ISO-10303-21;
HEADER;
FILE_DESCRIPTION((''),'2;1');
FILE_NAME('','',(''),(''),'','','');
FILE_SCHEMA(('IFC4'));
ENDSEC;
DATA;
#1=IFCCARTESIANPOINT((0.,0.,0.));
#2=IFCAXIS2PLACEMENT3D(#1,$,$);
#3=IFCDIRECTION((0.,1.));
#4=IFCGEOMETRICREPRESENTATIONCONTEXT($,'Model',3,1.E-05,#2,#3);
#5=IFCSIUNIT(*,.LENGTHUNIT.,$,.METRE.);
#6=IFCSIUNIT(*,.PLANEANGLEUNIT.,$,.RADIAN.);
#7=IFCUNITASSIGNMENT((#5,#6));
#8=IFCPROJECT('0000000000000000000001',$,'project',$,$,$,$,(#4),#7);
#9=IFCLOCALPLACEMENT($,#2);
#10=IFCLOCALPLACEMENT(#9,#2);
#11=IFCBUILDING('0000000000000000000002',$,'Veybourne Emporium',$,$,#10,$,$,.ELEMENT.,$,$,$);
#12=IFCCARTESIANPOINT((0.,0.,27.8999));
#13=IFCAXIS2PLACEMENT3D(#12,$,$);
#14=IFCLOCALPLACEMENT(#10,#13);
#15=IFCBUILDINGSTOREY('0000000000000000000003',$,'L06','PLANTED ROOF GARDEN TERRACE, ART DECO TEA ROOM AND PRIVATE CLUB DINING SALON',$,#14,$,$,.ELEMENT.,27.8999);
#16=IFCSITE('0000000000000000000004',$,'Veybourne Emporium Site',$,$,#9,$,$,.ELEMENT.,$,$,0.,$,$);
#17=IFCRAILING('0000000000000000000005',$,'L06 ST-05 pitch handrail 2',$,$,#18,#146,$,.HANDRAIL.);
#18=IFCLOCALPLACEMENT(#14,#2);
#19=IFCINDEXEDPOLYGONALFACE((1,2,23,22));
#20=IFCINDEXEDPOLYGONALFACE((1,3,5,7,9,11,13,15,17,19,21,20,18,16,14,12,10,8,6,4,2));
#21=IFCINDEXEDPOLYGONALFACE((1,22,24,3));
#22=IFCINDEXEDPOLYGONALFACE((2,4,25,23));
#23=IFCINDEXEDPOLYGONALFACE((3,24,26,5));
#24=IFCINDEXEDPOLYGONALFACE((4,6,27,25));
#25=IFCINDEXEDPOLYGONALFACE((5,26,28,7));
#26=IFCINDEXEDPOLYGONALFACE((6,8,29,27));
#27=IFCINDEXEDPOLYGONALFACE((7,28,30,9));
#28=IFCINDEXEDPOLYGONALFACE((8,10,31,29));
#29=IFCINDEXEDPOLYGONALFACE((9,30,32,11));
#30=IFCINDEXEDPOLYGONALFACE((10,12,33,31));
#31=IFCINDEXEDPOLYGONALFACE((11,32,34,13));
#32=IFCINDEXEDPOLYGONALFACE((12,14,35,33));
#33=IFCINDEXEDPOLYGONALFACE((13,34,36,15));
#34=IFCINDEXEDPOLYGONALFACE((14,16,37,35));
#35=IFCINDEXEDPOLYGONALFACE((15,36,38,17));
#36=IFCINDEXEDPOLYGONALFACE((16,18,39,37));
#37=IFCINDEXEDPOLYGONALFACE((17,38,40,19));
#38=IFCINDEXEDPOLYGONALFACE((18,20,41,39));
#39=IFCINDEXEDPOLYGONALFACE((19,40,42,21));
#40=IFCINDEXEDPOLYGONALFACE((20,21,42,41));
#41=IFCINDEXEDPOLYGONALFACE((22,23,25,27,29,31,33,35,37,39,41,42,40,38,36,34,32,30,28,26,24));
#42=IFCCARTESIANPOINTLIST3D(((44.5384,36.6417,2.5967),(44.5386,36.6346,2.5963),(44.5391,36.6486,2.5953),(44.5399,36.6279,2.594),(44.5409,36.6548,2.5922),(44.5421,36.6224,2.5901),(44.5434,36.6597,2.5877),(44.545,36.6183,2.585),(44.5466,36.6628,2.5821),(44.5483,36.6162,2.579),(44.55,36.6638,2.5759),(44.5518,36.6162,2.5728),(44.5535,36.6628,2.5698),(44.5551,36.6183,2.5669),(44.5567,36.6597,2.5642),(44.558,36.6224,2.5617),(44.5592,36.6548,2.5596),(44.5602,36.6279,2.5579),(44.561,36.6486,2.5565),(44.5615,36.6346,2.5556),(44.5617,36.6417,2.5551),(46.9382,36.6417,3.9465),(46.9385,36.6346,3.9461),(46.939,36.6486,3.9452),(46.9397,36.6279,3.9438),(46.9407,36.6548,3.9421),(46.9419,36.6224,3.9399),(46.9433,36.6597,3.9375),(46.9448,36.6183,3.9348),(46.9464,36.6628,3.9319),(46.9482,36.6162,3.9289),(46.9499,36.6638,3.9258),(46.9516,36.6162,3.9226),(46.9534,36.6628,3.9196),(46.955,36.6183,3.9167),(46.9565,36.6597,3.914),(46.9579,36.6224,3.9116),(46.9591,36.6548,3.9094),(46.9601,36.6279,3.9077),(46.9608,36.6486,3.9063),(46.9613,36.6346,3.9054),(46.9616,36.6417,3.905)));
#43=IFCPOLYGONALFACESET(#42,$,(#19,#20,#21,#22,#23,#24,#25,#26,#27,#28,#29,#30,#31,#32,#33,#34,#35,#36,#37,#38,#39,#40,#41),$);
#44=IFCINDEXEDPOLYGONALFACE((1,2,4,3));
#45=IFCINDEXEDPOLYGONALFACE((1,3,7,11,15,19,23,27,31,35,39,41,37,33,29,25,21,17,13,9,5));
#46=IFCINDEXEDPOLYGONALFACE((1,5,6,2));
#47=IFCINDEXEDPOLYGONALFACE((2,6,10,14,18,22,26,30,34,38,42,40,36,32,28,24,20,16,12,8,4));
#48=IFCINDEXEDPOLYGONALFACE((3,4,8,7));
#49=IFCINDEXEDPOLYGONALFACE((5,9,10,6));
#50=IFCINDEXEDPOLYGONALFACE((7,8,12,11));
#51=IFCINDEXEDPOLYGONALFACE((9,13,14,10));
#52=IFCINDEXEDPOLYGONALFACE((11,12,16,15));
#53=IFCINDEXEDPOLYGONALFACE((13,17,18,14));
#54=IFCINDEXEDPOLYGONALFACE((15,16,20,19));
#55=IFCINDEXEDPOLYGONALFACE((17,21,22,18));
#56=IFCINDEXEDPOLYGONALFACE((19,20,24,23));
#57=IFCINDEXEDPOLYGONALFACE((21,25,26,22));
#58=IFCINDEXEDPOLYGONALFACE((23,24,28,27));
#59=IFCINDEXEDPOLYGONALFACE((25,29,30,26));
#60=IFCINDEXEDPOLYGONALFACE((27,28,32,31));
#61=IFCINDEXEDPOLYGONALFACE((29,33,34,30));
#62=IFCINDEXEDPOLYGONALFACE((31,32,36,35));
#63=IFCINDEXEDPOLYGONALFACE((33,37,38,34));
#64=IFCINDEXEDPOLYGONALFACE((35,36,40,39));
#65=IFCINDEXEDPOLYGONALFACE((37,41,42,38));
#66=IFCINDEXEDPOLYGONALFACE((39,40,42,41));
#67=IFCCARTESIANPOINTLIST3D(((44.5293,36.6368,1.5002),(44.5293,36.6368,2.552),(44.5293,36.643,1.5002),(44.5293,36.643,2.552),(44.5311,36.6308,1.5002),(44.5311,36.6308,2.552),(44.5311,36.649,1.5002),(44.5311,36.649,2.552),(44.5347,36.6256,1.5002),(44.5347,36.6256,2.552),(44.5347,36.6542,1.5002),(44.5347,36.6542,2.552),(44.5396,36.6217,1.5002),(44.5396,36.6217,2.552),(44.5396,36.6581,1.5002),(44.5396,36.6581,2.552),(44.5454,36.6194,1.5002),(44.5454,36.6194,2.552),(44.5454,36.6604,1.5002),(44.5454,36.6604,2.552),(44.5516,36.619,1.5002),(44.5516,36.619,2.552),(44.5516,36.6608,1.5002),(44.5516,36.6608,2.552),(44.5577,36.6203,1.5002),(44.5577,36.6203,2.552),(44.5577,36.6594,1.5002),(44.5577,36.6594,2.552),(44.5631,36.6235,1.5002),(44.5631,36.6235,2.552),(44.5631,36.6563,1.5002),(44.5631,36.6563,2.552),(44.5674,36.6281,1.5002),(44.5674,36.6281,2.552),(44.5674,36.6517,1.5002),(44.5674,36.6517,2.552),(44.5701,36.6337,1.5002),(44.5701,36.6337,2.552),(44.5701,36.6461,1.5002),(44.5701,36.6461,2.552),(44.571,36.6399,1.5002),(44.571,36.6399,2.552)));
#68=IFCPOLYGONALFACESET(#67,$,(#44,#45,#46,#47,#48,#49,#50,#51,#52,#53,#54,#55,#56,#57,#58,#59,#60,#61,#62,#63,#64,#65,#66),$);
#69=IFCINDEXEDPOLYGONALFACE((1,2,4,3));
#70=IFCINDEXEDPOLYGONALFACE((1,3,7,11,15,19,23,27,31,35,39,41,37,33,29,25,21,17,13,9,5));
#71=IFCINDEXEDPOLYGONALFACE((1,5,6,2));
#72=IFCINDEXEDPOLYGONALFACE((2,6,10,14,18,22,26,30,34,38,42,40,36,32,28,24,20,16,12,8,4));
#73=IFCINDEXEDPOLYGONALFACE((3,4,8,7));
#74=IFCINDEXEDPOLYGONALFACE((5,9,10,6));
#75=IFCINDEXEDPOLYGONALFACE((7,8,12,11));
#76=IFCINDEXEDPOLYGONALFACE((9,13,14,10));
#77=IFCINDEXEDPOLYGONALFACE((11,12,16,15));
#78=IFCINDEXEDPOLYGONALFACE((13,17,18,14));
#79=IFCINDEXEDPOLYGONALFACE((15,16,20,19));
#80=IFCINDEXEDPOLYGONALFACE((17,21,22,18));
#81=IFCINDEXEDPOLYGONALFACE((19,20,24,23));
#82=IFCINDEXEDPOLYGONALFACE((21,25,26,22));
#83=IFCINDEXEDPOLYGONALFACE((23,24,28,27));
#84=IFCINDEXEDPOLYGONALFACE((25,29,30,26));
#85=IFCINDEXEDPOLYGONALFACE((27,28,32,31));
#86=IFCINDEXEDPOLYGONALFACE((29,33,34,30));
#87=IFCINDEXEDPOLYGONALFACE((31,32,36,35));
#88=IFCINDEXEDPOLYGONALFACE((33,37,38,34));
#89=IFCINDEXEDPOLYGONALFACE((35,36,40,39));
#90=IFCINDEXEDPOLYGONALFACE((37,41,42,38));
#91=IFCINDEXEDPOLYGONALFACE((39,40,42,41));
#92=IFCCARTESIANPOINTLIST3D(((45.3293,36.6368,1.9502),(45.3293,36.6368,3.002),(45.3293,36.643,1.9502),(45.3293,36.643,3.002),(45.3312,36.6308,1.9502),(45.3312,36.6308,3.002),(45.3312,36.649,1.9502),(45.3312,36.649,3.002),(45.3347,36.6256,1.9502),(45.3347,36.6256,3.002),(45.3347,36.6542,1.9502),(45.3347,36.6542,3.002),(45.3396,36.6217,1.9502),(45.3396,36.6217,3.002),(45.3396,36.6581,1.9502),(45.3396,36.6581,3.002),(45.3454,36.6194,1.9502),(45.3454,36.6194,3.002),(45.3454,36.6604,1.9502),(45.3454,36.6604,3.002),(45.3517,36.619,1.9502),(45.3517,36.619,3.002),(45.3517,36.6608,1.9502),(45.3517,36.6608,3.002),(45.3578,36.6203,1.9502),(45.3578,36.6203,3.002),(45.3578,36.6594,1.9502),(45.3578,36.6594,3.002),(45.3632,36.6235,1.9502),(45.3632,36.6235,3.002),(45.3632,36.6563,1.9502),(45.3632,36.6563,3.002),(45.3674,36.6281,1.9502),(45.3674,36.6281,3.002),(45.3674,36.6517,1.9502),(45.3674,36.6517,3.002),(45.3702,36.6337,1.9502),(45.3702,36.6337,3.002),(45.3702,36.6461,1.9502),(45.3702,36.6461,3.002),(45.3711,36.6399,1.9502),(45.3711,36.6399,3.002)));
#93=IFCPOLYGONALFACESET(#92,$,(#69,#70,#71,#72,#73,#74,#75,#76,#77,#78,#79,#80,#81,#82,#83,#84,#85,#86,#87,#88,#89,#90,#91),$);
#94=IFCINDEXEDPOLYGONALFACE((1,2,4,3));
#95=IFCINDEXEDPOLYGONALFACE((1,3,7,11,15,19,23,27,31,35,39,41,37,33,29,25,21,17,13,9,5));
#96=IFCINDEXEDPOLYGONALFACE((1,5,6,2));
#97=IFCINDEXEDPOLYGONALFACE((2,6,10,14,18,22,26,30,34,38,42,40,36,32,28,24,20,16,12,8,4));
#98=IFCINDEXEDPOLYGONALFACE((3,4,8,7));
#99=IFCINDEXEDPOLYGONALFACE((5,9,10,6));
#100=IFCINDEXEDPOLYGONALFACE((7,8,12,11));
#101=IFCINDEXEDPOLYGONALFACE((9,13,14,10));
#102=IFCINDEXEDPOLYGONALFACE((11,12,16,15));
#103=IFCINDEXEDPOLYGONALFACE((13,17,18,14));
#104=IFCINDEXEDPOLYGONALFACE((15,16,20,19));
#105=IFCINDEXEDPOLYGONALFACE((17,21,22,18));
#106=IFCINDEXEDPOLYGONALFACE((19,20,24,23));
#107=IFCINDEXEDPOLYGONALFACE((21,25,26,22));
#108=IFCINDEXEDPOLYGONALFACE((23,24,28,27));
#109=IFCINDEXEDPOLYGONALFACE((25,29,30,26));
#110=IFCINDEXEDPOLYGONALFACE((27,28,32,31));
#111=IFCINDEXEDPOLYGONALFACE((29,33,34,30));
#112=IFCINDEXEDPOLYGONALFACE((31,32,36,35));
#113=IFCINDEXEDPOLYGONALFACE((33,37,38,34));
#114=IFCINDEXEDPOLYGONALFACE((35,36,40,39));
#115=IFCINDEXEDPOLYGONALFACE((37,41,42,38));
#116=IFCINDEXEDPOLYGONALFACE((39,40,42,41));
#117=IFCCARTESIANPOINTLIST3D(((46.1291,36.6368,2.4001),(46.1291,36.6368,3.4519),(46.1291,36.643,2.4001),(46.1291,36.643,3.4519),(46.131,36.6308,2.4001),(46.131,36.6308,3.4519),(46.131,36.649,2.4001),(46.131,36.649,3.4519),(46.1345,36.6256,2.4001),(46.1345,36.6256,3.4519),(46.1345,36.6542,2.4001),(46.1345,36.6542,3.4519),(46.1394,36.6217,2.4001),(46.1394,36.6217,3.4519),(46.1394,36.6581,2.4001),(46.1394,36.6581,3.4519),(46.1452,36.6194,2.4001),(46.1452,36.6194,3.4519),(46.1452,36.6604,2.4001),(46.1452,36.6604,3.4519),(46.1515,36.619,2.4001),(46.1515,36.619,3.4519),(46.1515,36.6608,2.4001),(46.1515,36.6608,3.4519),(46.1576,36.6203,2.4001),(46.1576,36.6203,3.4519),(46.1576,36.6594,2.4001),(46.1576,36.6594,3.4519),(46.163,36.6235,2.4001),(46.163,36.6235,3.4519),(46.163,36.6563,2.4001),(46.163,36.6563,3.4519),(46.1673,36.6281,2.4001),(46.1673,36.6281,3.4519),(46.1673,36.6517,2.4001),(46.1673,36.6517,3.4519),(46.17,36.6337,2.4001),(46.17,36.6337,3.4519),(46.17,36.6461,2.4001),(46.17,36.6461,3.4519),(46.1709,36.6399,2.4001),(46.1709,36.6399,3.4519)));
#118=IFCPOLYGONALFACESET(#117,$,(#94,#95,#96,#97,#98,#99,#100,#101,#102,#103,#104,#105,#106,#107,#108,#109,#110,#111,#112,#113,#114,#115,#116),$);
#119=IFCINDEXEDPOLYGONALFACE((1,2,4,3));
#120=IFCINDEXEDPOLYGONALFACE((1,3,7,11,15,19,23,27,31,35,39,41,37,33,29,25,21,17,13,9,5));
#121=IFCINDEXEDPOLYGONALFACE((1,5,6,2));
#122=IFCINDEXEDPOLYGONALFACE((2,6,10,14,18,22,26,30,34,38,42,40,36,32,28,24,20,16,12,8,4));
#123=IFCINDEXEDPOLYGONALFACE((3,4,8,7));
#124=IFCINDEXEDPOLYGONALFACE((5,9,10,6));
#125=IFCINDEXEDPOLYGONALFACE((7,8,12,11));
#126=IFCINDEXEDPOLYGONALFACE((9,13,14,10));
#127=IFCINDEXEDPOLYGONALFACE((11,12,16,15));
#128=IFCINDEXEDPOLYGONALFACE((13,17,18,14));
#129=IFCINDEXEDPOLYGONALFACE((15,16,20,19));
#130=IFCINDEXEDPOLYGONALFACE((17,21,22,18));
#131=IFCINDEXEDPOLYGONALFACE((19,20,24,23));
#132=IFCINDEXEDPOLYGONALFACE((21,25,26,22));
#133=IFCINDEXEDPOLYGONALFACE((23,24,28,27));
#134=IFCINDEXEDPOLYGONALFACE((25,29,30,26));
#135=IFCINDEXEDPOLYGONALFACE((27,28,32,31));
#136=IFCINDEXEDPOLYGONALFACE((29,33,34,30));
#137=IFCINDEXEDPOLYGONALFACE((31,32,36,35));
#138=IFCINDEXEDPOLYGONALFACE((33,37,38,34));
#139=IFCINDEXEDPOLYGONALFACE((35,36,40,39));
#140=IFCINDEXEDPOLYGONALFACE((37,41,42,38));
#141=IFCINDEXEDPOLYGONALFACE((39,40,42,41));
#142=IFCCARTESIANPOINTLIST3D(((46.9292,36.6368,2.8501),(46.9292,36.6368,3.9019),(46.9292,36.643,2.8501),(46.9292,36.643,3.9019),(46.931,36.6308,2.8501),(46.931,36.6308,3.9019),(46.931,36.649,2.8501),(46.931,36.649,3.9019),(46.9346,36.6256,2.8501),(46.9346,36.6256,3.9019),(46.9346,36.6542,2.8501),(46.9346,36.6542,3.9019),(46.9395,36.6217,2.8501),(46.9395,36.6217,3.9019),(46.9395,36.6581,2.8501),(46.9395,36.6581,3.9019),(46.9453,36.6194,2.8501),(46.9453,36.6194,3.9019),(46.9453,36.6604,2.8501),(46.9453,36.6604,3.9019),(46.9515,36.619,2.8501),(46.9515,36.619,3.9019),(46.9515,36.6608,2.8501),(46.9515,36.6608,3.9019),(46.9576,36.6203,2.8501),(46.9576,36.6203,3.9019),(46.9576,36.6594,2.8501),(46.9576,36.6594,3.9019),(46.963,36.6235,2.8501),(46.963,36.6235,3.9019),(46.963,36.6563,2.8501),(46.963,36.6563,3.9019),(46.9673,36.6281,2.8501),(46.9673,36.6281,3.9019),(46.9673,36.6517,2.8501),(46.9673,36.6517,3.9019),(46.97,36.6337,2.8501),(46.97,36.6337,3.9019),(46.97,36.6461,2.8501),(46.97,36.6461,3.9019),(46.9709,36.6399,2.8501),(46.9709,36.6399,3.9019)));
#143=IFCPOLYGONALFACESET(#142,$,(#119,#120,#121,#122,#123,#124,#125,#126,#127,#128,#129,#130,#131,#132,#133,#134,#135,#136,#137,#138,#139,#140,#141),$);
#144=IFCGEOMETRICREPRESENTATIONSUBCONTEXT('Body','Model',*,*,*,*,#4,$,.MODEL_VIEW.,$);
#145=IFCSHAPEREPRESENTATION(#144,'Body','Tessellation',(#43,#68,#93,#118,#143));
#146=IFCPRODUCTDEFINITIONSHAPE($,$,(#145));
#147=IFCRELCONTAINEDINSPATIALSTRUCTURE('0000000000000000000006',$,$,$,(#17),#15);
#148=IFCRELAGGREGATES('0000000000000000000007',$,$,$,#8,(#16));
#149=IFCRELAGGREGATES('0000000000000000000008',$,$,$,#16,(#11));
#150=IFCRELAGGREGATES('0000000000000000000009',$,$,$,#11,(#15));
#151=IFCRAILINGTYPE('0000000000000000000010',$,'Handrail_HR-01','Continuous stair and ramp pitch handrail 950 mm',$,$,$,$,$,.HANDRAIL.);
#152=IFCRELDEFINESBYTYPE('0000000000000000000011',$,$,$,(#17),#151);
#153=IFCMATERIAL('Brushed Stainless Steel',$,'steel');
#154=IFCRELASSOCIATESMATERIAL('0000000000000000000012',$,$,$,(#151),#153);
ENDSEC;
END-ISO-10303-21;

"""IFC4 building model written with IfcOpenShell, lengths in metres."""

from ifc_helpers import new_model, si_unit, direction, frame, origin, origin_2d, place, context, subcontext, project, spatial, circle, extrude, material, type_object, element, save


model = new_model("IFC4")

# Units and contexts
model_context = context("Model", 3, precision=1e-05, world=origin(), true_north=direction((0.0, 1.0)))
body_context = subcontext(model_context, "Body", "Model", "MODEL_VIEW")
ifc_project = project(units=[si_unit("LENGTHUNIT", "METRE"), si_unit("PLANEANGLEUNIT", "RADIAN")], contexts=[model_context])

# Site, building, storey
site_placement = place(None, origin())
site = spatial("IfcSite", under=ifc_project, at=site_placement, Name="Veybourne Emporium Site", CompositionType="ELEMENT", RefElevation=0.0)
building_placement = place(site_placement, origin())
building = spatial("IfcBuilding", under=site, at=building_placement, Name="Veybourne Emporium", CompositionType="ELEMENT")
storey_placement = place(building_placement, frame((0.0, 0.0, 27.8999)))
storey = spatial("IfcBuildingStorey", under=building, at=storey_placement, Name="L06", Description="PLANTED ROOF GARDEN TERRACE, ART DECO TEA ROOM AND PRIVATE CLUB DINING SALON", CompositionType="ELEMENT", Elevation=27.8999)

# Railing
ifc_material_1 = material(Name="Brushed Stainless Steel", Category="steel")
railing_type_1 = type_object("IfcRailingType", Name="Handrail_HR-01", Description="Continuous stair and ramp pitch handrail 950 mm", PredefinedType="HANDRAIL", material=ifc_material_1)
railing_1_placement = place(storey_placement, frame((44.55, 36.6399, 1.6501)))
element("IfcRailing", 1, at=railing_1_placement, inside=storey, type_object=railing_type_1, Name="L06 ST-05 pitch handrail 2", PredefinedType="HANDRAIL", context=body_context, shape_type="SweptSolid", body=[
    extrude(circle(Radius=0.0239, at=origin_2d()), frame((0.0, 0.0, 0.9258), z_axis=(0.87159, 0.0, 0.490236), x_axis=(0.0, 1.0, 0.0)), (0.0, 0.0, 1.0), 2.7534),
    extrude(circle(Radius=0.021, at=origin_2d()), frame((0.0, 0.0, -0.1499)), (0.0, 0.0, 1.0), 1.0518),
    extrude(circle(Radius=0.021, at=origin_2d()), frame((0.8, 0.0, 0.3)), (0.0, 0.0, 1.0), 1.0518),
    extrude(circle(Radius=0.021, at=origin_2d()), frame((1.5999, 0.0, 0.75)), (0.0, 0.0, 1.0), 1.0518),
    extrude(circle(Radius=0.021, at=origin_2d()), frame((2.3999, 0.0, 1.2)), (0.0, 0.0, 1.0), 1.0518),
])

save(model, "model.ifc")
